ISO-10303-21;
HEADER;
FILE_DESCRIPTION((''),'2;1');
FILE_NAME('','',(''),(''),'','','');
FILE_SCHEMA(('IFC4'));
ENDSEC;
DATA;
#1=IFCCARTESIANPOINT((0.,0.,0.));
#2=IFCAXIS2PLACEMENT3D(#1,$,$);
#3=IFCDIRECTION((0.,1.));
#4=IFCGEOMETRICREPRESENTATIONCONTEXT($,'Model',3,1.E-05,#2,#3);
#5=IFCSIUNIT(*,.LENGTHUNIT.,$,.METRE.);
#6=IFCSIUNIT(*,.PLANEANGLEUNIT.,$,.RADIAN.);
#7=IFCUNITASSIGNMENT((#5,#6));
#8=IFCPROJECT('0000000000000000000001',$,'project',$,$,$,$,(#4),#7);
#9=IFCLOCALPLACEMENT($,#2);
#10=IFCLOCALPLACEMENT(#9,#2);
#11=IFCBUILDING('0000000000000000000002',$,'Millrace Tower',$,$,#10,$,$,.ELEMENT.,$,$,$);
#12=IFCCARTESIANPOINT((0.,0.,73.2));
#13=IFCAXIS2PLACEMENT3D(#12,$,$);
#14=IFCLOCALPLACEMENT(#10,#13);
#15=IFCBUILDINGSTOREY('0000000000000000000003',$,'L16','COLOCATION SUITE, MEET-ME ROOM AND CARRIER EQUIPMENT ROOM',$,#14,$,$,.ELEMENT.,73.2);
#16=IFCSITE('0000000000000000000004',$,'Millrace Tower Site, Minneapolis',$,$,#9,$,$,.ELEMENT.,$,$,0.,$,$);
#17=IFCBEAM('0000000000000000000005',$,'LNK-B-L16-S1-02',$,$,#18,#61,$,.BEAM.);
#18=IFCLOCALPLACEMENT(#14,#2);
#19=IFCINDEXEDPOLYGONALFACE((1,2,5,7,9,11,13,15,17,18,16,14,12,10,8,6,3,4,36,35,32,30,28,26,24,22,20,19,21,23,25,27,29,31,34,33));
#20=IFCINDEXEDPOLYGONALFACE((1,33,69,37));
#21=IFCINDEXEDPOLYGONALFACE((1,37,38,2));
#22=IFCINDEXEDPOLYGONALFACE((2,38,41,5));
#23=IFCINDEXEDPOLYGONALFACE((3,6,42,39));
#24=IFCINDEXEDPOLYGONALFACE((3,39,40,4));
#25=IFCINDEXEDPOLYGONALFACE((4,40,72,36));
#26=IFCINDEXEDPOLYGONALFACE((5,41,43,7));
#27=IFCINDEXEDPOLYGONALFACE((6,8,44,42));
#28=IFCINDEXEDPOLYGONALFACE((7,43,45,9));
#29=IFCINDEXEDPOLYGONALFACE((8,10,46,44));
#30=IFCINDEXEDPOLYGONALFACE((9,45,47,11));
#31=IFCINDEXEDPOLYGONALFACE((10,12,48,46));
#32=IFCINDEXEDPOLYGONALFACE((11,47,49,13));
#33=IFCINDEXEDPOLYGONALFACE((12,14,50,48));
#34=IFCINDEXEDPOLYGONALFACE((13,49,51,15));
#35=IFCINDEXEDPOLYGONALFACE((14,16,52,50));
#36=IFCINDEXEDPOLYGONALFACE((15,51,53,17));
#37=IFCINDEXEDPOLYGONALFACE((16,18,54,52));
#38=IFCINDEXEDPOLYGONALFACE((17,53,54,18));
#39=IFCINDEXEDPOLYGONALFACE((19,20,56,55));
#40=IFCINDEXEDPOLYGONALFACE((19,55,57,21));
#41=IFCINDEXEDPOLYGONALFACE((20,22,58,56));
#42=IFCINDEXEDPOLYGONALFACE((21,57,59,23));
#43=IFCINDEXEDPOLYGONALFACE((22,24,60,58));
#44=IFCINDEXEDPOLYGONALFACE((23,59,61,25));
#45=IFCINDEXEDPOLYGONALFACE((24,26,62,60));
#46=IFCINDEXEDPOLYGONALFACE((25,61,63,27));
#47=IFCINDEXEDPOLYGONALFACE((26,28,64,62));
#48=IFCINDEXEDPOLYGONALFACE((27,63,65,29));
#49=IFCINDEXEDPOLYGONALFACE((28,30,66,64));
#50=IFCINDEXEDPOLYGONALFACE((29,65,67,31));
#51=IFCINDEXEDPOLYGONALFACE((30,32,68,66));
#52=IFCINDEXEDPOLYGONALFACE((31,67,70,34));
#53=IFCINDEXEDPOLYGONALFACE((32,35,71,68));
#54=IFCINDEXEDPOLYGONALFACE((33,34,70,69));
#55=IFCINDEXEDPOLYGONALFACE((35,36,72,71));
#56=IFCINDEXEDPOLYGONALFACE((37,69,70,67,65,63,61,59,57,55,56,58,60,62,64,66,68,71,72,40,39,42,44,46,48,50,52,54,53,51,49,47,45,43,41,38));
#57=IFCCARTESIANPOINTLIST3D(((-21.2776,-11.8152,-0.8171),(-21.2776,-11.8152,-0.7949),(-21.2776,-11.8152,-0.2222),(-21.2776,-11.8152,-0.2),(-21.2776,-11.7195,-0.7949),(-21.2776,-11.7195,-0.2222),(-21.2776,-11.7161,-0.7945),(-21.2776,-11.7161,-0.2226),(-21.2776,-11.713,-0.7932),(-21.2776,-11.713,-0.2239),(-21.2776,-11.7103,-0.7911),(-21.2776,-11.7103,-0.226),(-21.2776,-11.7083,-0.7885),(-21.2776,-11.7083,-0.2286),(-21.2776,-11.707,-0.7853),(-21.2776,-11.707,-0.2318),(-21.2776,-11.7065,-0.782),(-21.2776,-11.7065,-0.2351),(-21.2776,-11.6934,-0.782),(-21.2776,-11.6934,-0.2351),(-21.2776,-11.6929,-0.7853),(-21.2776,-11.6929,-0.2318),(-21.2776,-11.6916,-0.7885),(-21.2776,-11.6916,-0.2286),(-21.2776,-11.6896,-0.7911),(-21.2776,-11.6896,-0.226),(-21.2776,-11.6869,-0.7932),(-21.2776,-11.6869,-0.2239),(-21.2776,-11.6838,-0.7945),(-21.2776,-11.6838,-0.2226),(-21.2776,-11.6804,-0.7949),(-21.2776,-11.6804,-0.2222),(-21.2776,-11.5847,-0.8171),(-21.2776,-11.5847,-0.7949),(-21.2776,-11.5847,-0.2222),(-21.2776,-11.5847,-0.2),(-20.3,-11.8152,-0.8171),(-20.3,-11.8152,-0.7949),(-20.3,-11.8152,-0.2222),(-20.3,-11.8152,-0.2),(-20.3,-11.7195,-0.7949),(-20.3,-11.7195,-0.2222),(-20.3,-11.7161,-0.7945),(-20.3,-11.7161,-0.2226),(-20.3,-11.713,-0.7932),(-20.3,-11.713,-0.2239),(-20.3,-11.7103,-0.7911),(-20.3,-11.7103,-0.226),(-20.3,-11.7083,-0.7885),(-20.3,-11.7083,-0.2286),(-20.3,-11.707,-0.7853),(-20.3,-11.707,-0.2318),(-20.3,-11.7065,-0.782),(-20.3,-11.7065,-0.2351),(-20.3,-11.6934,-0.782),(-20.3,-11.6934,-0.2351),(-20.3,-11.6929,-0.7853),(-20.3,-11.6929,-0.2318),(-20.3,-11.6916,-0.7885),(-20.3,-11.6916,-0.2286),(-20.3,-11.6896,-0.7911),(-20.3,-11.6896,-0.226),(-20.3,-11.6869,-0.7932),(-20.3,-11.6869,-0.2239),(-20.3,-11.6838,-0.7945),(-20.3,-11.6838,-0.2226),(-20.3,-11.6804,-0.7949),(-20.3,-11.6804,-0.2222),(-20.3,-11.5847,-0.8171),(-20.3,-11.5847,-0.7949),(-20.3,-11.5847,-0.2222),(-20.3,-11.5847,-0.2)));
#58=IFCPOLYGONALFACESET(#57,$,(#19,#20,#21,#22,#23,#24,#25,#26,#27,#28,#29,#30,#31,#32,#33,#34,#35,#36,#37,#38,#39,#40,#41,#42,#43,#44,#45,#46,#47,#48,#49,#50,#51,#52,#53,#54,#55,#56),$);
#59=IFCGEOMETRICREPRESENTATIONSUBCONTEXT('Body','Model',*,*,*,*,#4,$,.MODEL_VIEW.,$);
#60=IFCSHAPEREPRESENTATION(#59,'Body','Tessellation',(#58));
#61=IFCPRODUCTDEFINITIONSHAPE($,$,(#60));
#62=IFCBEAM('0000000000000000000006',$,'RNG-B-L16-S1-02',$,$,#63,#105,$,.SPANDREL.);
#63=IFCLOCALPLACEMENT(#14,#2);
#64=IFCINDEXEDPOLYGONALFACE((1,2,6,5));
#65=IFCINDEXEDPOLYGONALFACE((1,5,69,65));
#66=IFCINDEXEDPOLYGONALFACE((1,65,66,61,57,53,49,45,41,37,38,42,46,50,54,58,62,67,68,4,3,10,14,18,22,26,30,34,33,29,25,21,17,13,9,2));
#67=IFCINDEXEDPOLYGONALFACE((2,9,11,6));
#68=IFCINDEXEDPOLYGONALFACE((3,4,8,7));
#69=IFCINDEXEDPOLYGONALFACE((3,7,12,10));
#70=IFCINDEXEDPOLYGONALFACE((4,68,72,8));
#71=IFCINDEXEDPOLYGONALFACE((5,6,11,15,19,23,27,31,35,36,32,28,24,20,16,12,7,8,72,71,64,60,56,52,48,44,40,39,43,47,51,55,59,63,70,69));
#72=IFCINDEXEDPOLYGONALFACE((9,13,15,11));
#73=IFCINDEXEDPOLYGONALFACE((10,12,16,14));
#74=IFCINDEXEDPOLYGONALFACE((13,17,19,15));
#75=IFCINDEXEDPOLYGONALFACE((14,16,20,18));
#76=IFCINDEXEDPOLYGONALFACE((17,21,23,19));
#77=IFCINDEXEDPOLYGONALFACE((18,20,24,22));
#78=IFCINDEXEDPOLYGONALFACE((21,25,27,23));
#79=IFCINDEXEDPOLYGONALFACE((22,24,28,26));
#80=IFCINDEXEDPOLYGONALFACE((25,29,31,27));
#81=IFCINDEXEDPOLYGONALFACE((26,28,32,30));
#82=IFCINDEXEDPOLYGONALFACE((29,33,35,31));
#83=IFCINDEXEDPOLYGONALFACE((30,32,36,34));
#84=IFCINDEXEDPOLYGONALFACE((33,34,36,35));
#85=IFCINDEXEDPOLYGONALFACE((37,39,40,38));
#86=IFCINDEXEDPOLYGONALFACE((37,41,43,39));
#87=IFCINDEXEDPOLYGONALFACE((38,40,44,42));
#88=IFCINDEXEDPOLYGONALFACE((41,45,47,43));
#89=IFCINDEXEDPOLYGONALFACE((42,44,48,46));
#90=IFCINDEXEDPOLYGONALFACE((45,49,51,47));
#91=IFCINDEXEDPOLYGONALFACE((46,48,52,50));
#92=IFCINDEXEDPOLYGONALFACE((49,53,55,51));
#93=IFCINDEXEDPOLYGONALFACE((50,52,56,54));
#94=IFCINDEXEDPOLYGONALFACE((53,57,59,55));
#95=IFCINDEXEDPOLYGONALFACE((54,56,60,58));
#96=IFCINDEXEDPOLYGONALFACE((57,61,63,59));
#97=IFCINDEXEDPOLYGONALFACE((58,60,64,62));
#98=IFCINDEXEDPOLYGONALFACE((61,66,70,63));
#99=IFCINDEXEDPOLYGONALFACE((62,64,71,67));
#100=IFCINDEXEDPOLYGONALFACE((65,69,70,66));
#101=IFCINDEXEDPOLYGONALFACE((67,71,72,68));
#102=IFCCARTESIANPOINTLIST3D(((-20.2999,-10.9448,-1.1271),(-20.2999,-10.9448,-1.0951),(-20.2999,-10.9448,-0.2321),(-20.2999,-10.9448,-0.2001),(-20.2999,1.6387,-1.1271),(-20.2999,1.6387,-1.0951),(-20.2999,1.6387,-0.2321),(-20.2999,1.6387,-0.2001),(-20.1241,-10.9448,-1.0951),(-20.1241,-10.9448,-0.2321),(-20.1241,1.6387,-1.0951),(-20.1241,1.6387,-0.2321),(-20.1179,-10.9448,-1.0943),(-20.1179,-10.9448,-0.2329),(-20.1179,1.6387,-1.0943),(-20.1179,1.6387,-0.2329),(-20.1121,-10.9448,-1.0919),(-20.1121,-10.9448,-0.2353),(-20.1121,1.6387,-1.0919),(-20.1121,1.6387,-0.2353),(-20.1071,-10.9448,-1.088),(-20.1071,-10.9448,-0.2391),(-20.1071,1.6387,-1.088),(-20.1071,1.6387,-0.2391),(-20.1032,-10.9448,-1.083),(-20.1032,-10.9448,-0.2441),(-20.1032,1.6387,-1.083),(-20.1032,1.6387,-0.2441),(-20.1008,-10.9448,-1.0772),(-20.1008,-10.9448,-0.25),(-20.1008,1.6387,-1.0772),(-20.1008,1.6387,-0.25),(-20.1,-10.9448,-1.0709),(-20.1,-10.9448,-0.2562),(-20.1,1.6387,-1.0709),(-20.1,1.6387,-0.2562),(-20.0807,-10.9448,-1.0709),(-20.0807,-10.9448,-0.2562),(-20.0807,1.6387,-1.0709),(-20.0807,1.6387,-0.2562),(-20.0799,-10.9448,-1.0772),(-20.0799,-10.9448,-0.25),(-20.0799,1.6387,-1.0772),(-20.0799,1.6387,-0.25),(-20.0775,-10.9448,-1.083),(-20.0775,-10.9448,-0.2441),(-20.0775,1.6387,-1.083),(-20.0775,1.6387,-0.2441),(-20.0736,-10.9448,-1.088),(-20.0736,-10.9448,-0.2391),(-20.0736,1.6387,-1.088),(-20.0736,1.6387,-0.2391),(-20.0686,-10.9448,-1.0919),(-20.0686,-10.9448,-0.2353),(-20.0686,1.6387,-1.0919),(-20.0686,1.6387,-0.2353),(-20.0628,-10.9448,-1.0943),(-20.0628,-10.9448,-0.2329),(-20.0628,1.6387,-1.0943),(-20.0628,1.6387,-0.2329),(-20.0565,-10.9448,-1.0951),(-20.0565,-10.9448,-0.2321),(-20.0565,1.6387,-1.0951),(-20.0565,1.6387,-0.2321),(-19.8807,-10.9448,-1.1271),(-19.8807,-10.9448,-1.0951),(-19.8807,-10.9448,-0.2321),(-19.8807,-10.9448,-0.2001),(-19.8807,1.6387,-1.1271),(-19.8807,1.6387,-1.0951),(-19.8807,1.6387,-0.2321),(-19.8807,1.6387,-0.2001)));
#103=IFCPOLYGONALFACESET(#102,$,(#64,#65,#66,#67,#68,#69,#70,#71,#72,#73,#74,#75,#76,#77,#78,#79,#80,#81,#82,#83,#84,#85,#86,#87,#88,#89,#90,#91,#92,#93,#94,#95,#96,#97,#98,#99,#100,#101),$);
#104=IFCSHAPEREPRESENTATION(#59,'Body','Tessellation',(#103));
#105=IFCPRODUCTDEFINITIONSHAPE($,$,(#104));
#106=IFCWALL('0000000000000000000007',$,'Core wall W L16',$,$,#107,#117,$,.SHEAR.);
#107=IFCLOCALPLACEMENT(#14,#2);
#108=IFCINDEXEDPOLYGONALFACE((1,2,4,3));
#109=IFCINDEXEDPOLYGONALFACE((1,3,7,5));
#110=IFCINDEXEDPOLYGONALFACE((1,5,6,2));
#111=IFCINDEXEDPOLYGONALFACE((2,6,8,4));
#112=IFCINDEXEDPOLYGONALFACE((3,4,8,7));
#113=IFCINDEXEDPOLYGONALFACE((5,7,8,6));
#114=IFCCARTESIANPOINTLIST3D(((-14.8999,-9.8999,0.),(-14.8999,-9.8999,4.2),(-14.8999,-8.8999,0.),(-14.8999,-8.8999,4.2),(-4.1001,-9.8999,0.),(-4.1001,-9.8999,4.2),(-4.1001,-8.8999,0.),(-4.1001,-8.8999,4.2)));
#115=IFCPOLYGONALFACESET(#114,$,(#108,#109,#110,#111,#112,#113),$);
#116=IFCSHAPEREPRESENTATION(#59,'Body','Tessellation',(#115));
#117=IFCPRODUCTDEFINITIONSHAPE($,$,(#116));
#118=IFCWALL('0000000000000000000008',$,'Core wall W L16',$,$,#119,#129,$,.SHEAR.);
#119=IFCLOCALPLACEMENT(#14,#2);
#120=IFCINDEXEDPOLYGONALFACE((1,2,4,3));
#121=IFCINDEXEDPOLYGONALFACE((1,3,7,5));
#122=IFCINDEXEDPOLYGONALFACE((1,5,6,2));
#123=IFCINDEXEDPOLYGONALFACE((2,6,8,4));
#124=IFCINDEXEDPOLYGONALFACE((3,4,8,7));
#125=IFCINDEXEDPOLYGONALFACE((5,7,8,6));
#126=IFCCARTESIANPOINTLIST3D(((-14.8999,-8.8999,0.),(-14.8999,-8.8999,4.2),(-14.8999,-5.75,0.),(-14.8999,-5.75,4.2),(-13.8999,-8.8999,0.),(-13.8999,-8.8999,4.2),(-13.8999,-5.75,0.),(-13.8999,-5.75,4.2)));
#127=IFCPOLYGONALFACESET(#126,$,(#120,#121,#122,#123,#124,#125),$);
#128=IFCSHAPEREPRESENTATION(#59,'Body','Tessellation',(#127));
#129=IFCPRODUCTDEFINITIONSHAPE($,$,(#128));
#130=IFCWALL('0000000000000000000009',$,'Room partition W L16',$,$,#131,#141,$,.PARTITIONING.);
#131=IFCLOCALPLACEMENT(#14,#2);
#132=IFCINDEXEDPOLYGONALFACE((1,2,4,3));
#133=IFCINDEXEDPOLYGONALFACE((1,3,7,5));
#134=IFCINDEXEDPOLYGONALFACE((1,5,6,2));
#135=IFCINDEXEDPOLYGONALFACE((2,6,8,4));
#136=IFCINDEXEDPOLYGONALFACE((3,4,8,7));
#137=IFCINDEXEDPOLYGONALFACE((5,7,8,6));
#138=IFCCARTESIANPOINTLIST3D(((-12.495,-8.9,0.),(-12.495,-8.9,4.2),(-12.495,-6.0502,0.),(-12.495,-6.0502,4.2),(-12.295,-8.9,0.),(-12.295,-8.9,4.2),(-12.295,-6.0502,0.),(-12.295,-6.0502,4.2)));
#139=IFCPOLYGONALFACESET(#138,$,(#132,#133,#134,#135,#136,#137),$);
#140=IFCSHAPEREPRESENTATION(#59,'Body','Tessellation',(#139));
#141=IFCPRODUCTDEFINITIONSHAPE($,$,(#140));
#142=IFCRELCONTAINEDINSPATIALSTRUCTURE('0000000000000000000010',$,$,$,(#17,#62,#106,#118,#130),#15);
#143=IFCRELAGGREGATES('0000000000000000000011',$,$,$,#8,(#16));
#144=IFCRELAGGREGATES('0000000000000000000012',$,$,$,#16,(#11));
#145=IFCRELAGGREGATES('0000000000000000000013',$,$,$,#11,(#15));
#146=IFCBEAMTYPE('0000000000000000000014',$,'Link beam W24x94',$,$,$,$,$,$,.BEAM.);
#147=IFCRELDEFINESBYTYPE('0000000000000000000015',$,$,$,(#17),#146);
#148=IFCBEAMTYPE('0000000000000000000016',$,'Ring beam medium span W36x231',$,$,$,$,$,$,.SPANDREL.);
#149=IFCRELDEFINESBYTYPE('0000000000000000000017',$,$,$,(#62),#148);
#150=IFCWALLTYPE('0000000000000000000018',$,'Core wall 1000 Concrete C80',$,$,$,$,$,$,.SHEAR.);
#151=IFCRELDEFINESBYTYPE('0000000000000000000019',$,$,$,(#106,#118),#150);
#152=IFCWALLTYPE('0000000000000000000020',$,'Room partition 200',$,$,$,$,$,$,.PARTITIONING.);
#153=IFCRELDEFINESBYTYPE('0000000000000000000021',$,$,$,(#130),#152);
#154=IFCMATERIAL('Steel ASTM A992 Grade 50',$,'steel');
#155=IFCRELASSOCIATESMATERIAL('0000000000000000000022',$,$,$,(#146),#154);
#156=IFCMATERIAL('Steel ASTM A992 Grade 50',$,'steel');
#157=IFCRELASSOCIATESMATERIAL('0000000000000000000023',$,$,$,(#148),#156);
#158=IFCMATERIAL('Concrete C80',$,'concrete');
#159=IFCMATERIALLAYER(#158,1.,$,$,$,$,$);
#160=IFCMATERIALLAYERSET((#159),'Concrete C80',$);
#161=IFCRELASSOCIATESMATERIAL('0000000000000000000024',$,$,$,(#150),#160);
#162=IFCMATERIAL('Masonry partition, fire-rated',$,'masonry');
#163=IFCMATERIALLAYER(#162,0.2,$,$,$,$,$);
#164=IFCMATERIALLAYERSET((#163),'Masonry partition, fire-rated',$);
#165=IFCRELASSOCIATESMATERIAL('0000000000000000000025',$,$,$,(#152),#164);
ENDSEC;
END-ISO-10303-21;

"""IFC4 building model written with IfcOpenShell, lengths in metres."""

from ifc_helpers import new_model, si_unit, direction, frame, frame_2d, origin, origin_2d, place, context, subcontext, project, spatial, rectangle, i_section, extrude, material, layer, layer_set, material_profile, profile_set, type_object, element, save


model = new_model("IFC4")

# Units and contexts
model_context = context("Model", 3, precision=1e-05, world=origin(), true_north=direction((0.0, 1.0)))
body_context = subcontext(model_context, "Body", "Model", "MODEL_VIEW")
ifc_project = project(units=[si_unit("LENGTHUNIT", "METRE"), si_unit("PLANEANGLEUNIT", "RADIAN")], contexts=[model_context])

# Site, building, storey
site_placement = place(None, origin())
site = spatial("IfcSite", under=ifc_project, at=site_placement, Name="Millrace Tower Site, Minneapolis", CompositionType="ELEMENT", RefElevation=0.0)
building_placement = place(site_placement, origin())
building = spatial("IfcBuilding", under=site, at=building_placement, Name="Millrace Tower", CompositionType="ELEMENT")
storey_placement = place(building_placement, frame((0.0, 0.0, 73.2)))
storey = spatial("IfcBuildingStorey", under=building, at=storey_placement, Name="L16", Description="COLOCATION SUITE, MEET-ME ROOM AND CARRIER EQUIPMENT ROOM", CompositionType="ELEMENT", Elevation=73.2)

# Beams
ifc_material_1 = material(Name="Steel ASTM A992 Grade 50", Category="steel")
ifc_material_profile_1 = material_profile(ifc_material_1, i_section(OverallWidth=0.2305, OverallDepth=0.6172, WebThickness=0.0132, FlangeThickness=0.0222, FilletRadius=0.0129, at=origin_2d()))
ifc_profile_set_1 = profile_set([ifc_material_profile_1], Name="Steel ASTM A992 Grade 50")
beam_type_1 = type_object("IfcBeamType", Name="Link beam W24x94", PredefinedType="BEAM", material=ifc_profile_set_1)
beam_1_placement = place(storey_placement, frame((-20.3, -11.7, -0.5085), z_axis=(-1.0, 0.0, 0.0), x_axis=(0.0, -1.0, 0.0)))
element("IfcBeam", 1, at=beam_1_placement, inside=storey, type_object=beam_type_1, Name="LNK-B-L16-S1-02", PredefinedType="BEAM", context=body_context, shape_type="SweptSolid", body=[
    extrude(i_section(OverallWidth=0.2305, OverallDepth=0.6172, WebThickness=0.0132, FlangeThickness=0.0222, FilletRadius=0.0129, at=origin_2d()), origin(), (0.0, 0.0, 1.0), 0.9775),
])
ifc_material_2 = material(Name="Steel ASTM A992 Grade 50", Category="steel")
ifc_material_profile_2 = material_profile(ifc_material_2, i_section(OverallWidth=0.4192, OverallDepth=0.927, WebThickness=0.0193, FlangeThickness=0.032, FilletRadius=0.0242, at=origin_2d()))
ifc_profile_set_2 = profile_set([ifc_material_profile_2], Name="Steel ASTM A992 Grade 50")
beam_type_2 = type_object("IfcBeamType", Name="Ring beam medium span W36x231", PredefinedType="SPANDREL", material=ifc_profile_set_2)
beam_2_placement = place(storey_placement, frame((-20.0903, -10.9448, -0.6636), z_axis=(0.0, 1.0, 0.0), x_axis=(-1.0, 0.0, 0.0)))
element("IfcBeam", 2, at=beam_2_placement, inside=storey, type_object=beam_type_2, Name="RNG-B-L16-S1-02", PredefinedType="SPANDREL", context=body_context, shape_type="SweptSolid", body=[
    extrude(i_section(OverallWidth=0.4192, OverallDepth=0.927, WebThickness=0.0193, FlangeThickness=0.032, FilletRadius=0.0242, at=origin_2d()), origin(), (0.0, 0.0, 1.0), 12.5835),
])

# Walls
ifc_material_3 = material(Name="Concrete C80", Category="concrete")
ifc_layer_1 = layer(ifc_material_3, 1.0)
ifc_layer_set_1 = layer_set([ifc_layer_1], Name="Concrete C80")
wall_type_1 = type_object("IfcWallType", Name="Core wall 1000 Concrete C80", PredefinedType="SHEAR", material=ifc_layer_set_1)
wall_1_placement = place(storey_placement, frame((-14.8999, -9.3999, 0.0), z_axis=(0.0, 0.0, 1.0), x_axis=(1.0, 0.0, 0.0)))
element("IfcWall", 3, at=wall_1_placement, inside=storey, type_object=wall_type_1, Name="Core wall W L16", PredefinedType="SHEAR", context=body_context, shape_type="SweptSolid", body=[
    extrude(rectangle(XDim=10.7998, YDim=1.0, at=frame_2d((5.3999, 0.0))), origin(), (0.0, 0.0, 1.0), 4.2),
])
wall_2_placement = place(storey_placement, frame((-14.3999, -8.8999, 0.0), z_axis=(0.0, 0.0, 1.0), x_axis=(0.0, 1.0, 0.0)))
element("IfcWall", 4, at=wall_2_placement, inside=storey, type_object=wall_type_1, Name="Core wall W L16", PredefinedType="SHEAR", context=body_context, shape_type="SweptSolid", body=[
    extrude(rectangle(XDim=3.1499, YDim=1.0, at=frame_2d((1.575, 0.0))), origin(), (0.0, 0.0, 1.0), 4.2),
])

# Wall
ifc_material_4 = material(Name="Masonry partition, fire-rated", Category="masonry")
ifc_layer_2 = layer(ifc_material_4, 0.2)
ifc_layer_set_2 = layer_set([ifc_layer_2], Name="Masonry partition, fire-rated")
wall_type_2 = type_object("IfcWallType", Name="Room partition 200", PredefinedType="PARTITIONING", material=ifc_layer_set_2)
wall_3_placement = place(storey_placement, frame((-12.395, -8.8999, 0.0), z_axis=(0.0, 0.0, 1.0), x_axis=(0.0, 1.0, 0.0)))
element("IfcWall", 5, at=wall_3_placement, inside=storey, type_object=wall_type_2, Name="Room partition W L16", PredefinedType="PARTITIONING", context=body_context, shape_type="SweptSolid", body=[
    extrude(rectangle(XDim=2.8499, YDim=0.2, at=frame_2d((1.4248, 0.0))), origin(), (0.0, 0.0, 1.0), 4.2),
])

save(model, "model.ifc")
